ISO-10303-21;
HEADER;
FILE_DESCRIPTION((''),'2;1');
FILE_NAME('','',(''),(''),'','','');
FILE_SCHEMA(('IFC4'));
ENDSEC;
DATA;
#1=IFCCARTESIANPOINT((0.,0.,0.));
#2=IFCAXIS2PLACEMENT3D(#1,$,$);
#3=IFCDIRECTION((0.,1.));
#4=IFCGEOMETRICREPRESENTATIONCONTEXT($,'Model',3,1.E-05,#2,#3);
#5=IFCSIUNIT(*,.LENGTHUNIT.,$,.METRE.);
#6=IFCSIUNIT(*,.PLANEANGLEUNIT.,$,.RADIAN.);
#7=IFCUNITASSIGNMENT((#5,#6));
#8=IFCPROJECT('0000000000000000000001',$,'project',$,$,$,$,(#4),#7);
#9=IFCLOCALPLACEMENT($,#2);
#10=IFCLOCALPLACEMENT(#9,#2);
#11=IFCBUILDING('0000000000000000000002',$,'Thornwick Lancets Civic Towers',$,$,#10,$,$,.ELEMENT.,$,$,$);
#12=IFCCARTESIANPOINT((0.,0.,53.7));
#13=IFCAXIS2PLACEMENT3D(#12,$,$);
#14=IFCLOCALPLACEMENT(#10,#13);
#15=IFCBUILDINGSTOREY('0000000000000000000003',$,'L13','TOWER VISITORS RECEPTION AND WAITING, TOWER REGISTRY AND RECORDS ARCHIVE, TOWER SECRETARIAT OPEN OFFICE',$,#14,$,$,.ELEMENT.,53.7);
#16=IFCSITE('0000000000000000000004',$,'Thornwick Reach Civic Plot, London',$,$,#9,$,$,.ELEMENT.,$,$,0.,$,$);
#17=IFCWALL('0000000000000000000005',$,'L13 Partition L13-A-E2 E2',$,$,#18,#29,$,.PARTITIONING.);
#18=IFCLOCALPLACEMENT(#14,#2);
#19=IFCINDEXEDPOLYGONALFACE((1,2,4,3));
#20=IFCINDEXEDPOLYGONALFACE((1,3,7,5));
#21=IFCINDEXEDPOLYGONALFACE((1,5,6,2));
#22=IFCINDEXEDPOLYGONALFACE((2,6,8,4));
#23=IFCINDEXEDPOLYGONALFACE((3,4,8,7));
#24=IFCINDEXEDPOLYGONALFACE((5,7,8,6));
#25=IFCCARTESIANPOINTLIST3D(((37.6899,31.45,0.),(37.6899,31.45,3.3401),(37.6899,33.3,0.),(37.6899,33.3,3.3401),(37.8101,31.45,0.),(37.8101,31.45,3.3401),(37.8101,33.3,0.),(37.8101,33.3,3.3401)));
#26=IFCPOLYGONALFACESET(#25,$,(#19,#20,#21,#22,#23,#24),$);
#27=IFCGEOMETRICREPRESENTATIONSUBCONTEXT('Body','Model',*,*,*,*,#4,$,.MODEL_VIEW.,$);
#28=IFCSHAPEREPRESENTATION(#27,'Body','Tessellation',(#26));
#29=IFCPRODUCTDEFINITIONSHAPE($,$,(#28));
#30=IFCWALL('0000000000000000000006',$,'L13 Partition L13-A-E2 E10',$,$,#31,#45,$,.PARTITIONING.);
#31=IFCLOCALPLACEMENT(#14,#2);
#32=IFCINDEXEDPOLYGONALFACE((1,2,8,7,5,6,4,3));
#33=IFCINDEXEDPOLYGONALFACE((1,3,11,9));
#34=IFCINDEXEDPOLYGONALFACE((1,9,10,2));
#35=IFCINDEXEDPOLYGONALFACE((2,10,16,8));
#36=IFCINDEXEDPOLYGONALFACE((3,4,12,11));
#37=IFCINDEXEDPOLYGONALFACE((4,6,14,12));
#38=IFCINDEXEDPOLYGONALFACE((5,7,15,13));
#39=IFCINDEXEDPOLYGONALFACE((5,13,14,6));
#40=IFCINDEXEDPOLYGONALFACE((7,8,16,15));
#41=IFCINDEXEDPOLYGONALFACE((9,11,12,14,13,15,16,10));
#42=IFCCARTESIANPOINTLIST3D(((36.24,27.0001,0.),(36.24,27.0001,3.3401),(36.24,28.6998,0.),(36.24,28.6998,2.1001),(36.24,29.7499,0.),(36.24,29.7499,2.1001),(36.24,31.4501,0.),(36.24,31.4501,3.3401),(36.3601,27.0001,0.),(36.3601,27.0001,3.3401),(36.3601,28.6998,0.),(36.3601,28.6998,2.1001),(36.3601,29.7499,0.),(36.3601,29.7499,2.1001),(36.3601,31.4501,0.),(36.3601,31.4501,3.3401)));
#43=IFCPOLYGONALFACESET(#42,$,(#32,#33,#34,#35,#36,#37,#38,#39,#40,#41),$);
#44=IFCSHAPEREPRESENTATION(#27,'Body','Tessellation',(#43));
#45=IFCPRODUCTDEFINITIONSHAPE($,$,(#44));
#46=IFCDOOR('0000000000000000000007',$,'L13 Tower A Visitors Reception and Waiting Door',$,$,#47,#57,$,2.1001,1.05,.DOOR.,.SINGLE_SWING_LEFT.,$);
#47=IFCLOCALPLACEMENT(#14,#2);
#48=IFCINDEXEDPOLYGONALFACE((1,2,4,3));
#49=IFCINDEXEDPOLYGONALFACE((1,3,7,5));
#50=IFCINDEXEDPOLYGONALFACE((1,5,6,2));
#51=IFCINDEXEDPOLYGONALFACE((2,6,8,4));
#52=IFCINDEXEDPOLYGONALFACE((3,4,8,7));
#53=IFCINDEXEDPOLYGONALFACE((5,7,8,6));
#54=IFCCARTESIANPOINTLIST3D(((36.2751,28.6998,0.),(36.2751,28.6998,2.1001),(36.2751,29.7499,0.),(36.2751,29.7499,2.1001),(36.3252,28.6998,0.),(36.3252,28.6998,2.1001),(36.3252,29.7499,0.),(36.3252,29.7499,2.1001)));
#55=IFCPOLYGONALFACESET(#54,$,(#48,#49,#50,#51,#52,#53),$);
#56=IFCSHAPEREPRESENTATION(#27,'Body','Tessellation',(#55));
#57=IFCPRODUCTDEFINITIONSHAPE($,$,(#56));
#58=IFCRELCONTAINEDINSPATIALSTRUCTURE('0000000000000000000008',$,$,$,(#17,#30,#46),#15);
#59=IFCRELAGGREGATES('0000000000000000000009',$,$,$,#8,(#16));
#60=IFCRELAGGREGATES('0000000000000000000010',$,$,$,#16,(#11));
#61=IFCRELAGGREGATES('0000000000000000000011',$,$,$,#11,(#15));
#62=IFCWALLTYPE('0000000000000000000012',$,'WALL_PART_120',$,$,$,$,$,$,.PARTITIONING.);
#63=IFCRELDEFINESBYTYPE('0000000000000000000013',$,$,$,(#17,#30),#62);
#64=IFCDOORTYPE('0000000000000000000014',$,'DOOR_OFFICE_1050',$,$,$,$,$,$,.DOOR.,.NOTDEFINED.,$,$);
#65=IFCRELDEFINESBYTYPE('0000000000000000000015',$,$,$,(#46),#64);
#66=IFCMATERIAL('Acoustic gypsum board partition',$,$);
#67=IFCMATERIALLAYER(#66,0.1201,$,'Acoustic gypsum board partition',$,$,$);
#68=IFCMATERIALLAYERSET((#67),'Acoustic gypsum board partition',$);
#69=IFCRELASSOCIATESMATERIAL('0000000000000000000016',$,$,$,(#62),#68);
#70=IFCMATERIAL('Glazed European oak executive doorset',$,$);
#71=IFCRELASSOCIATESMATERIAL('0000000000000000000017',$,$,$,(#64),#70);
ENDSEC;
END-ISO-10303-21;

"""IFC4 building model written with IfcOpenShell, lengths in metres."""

from ifc_helpers import new_model, si_unit, direction, frame, frame_2d, origin, place, context, subcontext, project, spatial, rectangle, extrude, material, layer, layer_set, type_object, element, fill, save


model = new_model("IFC4")

# Units and contexts
model_context = context("Model", 3, precision=1e-05, world=origin(), true_north=direction((0.0, 1.0)))
body_context = subcontext(model_context, "Body", "Model", "MODEL_VIEW")
ifc_project = project(units=[si_unit("LENGTHUNIT", "METRE"), si_unit("PLANEANGLEUNIT", "RADIAN")], contexts=[model_context])

# Site, building, storey
site_placement = place(None, origin())
site = spatial("IfcSite", under=ifc_project, at=site_placement, Name="Thornwick Reach Civic Plot, London", CompositionType="ELEMENT", RefElevation=0.0)
building_placement = place(site_placement, origin())
building = spatial("IfcBuilding", under=site, at=building_placement, Name="Thornwick Lancets Civic Towers", CompositionType="ELEMENT")
storey_placement = place(building_placement, frame((0.0, 0.0, 53.7)))
storey = spatial("IfcBuildingStorey", under=building, at=storey_placement, Name="L13", Description="TOWER VISITORS RECEPTION AND WAITING, TOWER REGISTRY AND RECORDS ARCHIVE, TOWER SECRETARIAT OPEN OFFICE", CompositionType="ELEMENT", Elevation=53.7)

# Shared definitions
ifc_material_1 = material(Name="Acoustic gypsum board partition")
ifc_layer_1 = layer(ifc_material_1, 0.1201, Name="Acoustic gypsum board partition")
ifc_layer_set_1 = layer_set([ifc_layer_1], Name="Acoustic gypsum board partition")
wall_type_1 = type_object("IfcWallType", Name="WALL_PART_120", PredefinedType="PARTITIONING", material=ifc_layer_set_1)

# Shared definitions
ifc_material_2 = material(Name="Glazed European oak executive doorset")
door_type = type_object("IfcDoorType", Name="DOOR_OFFICE_1050", OperationType="NOTDEFINED", PredefinedType="DOOR", material=ifc_material_2)

# Wall
wall_1_placement = place(storey_placement, frame((37.75, 31.45, 0.0), z_axis=(0.0, 0.0, 1.0), x_axis=(0.0, 1.0, 0.0)))
element("IfcWall", 1, at=wall_1_placement, inside=storey, type_object=wall_type_1, Name="L13 Partition L13-A-E2 E2", PredefinedType="PARTITIONING", context=body_context, shape_type="SweptSolid", body=[
    extrude(rectangle(XDim=1.8501, YDim=0.1201, at=frame_2d((0.925, 0.0))), origin(), (0.0, 0.0, 1.0), 3.3401),
])

# Wall, opening, door
wall_2_placement = place(storey_placement, frame((36.3, 27.0, 0.0), z_axis=(0.0, 0.0, 1.0), x_axis=(0.0, 1.0, 0.0)))
wall_2 = element("IfcWall", 2, at=wall_2_placement, inside=storey, type_object=wall_type_1, Name="L13 Partition L13-A-E2 E10", PredefinedType="PARTITIONING", context=body_context, shape_type="SweptSolid", body=[
    extrude(rectangle(XDim=4.45, YDim=0.1201, at=frame_2d((2.2251, 0.0))), origin(), (0.0, 0.0, 1.0), 3.3401),
])
opening_1_placement = place(wall_2_placement, frame((1.7, 0.0, 0.0)))
opening_1 = element("IfcOpeningElement", 3, at=opening_1_placement, cuts=wall_2, PredefinedType="OPENING", context=body_context, shape_type="SweptSolid", body=[
    extrude(rectangle(XDim=1.05, YDim=2.1001, at=frame_2d((0.5249, 1.05))), frame((0.0, 0.0701, 0.0), z_axis=(0.0, -1.0, 0.0), x_axis=(1.0, 0.0, 0.0)), (0.0, 0.0, 1.0), 0.1401),
])
door_1_placement = place(opening_1_placement, origin())
door_1 = element("IfcDoor", 4, at=door_1_placement, inside=storey, type_object=door_type, Name="L13 Tower A Visitors Reception and Waiting Door", OperationType="SINGLE_SWING_LEFT", OverallHeight=2.1001, OverallWidth=1.05, PredefinedType="DOOR", context=body_context, shape_type="SweptSolid", body=[
    extrude(rectangle(XDim=1.05, YDim=2.1001, at=frame_2d((0.5249, 1.05))), frame((0.0, 0.0249, 0.0), z_axis=(0.0, -1.0, 0.0), x_axis=(1.0, 0.0, 0.0)), (0.0, 0.0, 1.0), 0.05),
])
fill(opening_1, door_1)

save(model, "model.ifc")
